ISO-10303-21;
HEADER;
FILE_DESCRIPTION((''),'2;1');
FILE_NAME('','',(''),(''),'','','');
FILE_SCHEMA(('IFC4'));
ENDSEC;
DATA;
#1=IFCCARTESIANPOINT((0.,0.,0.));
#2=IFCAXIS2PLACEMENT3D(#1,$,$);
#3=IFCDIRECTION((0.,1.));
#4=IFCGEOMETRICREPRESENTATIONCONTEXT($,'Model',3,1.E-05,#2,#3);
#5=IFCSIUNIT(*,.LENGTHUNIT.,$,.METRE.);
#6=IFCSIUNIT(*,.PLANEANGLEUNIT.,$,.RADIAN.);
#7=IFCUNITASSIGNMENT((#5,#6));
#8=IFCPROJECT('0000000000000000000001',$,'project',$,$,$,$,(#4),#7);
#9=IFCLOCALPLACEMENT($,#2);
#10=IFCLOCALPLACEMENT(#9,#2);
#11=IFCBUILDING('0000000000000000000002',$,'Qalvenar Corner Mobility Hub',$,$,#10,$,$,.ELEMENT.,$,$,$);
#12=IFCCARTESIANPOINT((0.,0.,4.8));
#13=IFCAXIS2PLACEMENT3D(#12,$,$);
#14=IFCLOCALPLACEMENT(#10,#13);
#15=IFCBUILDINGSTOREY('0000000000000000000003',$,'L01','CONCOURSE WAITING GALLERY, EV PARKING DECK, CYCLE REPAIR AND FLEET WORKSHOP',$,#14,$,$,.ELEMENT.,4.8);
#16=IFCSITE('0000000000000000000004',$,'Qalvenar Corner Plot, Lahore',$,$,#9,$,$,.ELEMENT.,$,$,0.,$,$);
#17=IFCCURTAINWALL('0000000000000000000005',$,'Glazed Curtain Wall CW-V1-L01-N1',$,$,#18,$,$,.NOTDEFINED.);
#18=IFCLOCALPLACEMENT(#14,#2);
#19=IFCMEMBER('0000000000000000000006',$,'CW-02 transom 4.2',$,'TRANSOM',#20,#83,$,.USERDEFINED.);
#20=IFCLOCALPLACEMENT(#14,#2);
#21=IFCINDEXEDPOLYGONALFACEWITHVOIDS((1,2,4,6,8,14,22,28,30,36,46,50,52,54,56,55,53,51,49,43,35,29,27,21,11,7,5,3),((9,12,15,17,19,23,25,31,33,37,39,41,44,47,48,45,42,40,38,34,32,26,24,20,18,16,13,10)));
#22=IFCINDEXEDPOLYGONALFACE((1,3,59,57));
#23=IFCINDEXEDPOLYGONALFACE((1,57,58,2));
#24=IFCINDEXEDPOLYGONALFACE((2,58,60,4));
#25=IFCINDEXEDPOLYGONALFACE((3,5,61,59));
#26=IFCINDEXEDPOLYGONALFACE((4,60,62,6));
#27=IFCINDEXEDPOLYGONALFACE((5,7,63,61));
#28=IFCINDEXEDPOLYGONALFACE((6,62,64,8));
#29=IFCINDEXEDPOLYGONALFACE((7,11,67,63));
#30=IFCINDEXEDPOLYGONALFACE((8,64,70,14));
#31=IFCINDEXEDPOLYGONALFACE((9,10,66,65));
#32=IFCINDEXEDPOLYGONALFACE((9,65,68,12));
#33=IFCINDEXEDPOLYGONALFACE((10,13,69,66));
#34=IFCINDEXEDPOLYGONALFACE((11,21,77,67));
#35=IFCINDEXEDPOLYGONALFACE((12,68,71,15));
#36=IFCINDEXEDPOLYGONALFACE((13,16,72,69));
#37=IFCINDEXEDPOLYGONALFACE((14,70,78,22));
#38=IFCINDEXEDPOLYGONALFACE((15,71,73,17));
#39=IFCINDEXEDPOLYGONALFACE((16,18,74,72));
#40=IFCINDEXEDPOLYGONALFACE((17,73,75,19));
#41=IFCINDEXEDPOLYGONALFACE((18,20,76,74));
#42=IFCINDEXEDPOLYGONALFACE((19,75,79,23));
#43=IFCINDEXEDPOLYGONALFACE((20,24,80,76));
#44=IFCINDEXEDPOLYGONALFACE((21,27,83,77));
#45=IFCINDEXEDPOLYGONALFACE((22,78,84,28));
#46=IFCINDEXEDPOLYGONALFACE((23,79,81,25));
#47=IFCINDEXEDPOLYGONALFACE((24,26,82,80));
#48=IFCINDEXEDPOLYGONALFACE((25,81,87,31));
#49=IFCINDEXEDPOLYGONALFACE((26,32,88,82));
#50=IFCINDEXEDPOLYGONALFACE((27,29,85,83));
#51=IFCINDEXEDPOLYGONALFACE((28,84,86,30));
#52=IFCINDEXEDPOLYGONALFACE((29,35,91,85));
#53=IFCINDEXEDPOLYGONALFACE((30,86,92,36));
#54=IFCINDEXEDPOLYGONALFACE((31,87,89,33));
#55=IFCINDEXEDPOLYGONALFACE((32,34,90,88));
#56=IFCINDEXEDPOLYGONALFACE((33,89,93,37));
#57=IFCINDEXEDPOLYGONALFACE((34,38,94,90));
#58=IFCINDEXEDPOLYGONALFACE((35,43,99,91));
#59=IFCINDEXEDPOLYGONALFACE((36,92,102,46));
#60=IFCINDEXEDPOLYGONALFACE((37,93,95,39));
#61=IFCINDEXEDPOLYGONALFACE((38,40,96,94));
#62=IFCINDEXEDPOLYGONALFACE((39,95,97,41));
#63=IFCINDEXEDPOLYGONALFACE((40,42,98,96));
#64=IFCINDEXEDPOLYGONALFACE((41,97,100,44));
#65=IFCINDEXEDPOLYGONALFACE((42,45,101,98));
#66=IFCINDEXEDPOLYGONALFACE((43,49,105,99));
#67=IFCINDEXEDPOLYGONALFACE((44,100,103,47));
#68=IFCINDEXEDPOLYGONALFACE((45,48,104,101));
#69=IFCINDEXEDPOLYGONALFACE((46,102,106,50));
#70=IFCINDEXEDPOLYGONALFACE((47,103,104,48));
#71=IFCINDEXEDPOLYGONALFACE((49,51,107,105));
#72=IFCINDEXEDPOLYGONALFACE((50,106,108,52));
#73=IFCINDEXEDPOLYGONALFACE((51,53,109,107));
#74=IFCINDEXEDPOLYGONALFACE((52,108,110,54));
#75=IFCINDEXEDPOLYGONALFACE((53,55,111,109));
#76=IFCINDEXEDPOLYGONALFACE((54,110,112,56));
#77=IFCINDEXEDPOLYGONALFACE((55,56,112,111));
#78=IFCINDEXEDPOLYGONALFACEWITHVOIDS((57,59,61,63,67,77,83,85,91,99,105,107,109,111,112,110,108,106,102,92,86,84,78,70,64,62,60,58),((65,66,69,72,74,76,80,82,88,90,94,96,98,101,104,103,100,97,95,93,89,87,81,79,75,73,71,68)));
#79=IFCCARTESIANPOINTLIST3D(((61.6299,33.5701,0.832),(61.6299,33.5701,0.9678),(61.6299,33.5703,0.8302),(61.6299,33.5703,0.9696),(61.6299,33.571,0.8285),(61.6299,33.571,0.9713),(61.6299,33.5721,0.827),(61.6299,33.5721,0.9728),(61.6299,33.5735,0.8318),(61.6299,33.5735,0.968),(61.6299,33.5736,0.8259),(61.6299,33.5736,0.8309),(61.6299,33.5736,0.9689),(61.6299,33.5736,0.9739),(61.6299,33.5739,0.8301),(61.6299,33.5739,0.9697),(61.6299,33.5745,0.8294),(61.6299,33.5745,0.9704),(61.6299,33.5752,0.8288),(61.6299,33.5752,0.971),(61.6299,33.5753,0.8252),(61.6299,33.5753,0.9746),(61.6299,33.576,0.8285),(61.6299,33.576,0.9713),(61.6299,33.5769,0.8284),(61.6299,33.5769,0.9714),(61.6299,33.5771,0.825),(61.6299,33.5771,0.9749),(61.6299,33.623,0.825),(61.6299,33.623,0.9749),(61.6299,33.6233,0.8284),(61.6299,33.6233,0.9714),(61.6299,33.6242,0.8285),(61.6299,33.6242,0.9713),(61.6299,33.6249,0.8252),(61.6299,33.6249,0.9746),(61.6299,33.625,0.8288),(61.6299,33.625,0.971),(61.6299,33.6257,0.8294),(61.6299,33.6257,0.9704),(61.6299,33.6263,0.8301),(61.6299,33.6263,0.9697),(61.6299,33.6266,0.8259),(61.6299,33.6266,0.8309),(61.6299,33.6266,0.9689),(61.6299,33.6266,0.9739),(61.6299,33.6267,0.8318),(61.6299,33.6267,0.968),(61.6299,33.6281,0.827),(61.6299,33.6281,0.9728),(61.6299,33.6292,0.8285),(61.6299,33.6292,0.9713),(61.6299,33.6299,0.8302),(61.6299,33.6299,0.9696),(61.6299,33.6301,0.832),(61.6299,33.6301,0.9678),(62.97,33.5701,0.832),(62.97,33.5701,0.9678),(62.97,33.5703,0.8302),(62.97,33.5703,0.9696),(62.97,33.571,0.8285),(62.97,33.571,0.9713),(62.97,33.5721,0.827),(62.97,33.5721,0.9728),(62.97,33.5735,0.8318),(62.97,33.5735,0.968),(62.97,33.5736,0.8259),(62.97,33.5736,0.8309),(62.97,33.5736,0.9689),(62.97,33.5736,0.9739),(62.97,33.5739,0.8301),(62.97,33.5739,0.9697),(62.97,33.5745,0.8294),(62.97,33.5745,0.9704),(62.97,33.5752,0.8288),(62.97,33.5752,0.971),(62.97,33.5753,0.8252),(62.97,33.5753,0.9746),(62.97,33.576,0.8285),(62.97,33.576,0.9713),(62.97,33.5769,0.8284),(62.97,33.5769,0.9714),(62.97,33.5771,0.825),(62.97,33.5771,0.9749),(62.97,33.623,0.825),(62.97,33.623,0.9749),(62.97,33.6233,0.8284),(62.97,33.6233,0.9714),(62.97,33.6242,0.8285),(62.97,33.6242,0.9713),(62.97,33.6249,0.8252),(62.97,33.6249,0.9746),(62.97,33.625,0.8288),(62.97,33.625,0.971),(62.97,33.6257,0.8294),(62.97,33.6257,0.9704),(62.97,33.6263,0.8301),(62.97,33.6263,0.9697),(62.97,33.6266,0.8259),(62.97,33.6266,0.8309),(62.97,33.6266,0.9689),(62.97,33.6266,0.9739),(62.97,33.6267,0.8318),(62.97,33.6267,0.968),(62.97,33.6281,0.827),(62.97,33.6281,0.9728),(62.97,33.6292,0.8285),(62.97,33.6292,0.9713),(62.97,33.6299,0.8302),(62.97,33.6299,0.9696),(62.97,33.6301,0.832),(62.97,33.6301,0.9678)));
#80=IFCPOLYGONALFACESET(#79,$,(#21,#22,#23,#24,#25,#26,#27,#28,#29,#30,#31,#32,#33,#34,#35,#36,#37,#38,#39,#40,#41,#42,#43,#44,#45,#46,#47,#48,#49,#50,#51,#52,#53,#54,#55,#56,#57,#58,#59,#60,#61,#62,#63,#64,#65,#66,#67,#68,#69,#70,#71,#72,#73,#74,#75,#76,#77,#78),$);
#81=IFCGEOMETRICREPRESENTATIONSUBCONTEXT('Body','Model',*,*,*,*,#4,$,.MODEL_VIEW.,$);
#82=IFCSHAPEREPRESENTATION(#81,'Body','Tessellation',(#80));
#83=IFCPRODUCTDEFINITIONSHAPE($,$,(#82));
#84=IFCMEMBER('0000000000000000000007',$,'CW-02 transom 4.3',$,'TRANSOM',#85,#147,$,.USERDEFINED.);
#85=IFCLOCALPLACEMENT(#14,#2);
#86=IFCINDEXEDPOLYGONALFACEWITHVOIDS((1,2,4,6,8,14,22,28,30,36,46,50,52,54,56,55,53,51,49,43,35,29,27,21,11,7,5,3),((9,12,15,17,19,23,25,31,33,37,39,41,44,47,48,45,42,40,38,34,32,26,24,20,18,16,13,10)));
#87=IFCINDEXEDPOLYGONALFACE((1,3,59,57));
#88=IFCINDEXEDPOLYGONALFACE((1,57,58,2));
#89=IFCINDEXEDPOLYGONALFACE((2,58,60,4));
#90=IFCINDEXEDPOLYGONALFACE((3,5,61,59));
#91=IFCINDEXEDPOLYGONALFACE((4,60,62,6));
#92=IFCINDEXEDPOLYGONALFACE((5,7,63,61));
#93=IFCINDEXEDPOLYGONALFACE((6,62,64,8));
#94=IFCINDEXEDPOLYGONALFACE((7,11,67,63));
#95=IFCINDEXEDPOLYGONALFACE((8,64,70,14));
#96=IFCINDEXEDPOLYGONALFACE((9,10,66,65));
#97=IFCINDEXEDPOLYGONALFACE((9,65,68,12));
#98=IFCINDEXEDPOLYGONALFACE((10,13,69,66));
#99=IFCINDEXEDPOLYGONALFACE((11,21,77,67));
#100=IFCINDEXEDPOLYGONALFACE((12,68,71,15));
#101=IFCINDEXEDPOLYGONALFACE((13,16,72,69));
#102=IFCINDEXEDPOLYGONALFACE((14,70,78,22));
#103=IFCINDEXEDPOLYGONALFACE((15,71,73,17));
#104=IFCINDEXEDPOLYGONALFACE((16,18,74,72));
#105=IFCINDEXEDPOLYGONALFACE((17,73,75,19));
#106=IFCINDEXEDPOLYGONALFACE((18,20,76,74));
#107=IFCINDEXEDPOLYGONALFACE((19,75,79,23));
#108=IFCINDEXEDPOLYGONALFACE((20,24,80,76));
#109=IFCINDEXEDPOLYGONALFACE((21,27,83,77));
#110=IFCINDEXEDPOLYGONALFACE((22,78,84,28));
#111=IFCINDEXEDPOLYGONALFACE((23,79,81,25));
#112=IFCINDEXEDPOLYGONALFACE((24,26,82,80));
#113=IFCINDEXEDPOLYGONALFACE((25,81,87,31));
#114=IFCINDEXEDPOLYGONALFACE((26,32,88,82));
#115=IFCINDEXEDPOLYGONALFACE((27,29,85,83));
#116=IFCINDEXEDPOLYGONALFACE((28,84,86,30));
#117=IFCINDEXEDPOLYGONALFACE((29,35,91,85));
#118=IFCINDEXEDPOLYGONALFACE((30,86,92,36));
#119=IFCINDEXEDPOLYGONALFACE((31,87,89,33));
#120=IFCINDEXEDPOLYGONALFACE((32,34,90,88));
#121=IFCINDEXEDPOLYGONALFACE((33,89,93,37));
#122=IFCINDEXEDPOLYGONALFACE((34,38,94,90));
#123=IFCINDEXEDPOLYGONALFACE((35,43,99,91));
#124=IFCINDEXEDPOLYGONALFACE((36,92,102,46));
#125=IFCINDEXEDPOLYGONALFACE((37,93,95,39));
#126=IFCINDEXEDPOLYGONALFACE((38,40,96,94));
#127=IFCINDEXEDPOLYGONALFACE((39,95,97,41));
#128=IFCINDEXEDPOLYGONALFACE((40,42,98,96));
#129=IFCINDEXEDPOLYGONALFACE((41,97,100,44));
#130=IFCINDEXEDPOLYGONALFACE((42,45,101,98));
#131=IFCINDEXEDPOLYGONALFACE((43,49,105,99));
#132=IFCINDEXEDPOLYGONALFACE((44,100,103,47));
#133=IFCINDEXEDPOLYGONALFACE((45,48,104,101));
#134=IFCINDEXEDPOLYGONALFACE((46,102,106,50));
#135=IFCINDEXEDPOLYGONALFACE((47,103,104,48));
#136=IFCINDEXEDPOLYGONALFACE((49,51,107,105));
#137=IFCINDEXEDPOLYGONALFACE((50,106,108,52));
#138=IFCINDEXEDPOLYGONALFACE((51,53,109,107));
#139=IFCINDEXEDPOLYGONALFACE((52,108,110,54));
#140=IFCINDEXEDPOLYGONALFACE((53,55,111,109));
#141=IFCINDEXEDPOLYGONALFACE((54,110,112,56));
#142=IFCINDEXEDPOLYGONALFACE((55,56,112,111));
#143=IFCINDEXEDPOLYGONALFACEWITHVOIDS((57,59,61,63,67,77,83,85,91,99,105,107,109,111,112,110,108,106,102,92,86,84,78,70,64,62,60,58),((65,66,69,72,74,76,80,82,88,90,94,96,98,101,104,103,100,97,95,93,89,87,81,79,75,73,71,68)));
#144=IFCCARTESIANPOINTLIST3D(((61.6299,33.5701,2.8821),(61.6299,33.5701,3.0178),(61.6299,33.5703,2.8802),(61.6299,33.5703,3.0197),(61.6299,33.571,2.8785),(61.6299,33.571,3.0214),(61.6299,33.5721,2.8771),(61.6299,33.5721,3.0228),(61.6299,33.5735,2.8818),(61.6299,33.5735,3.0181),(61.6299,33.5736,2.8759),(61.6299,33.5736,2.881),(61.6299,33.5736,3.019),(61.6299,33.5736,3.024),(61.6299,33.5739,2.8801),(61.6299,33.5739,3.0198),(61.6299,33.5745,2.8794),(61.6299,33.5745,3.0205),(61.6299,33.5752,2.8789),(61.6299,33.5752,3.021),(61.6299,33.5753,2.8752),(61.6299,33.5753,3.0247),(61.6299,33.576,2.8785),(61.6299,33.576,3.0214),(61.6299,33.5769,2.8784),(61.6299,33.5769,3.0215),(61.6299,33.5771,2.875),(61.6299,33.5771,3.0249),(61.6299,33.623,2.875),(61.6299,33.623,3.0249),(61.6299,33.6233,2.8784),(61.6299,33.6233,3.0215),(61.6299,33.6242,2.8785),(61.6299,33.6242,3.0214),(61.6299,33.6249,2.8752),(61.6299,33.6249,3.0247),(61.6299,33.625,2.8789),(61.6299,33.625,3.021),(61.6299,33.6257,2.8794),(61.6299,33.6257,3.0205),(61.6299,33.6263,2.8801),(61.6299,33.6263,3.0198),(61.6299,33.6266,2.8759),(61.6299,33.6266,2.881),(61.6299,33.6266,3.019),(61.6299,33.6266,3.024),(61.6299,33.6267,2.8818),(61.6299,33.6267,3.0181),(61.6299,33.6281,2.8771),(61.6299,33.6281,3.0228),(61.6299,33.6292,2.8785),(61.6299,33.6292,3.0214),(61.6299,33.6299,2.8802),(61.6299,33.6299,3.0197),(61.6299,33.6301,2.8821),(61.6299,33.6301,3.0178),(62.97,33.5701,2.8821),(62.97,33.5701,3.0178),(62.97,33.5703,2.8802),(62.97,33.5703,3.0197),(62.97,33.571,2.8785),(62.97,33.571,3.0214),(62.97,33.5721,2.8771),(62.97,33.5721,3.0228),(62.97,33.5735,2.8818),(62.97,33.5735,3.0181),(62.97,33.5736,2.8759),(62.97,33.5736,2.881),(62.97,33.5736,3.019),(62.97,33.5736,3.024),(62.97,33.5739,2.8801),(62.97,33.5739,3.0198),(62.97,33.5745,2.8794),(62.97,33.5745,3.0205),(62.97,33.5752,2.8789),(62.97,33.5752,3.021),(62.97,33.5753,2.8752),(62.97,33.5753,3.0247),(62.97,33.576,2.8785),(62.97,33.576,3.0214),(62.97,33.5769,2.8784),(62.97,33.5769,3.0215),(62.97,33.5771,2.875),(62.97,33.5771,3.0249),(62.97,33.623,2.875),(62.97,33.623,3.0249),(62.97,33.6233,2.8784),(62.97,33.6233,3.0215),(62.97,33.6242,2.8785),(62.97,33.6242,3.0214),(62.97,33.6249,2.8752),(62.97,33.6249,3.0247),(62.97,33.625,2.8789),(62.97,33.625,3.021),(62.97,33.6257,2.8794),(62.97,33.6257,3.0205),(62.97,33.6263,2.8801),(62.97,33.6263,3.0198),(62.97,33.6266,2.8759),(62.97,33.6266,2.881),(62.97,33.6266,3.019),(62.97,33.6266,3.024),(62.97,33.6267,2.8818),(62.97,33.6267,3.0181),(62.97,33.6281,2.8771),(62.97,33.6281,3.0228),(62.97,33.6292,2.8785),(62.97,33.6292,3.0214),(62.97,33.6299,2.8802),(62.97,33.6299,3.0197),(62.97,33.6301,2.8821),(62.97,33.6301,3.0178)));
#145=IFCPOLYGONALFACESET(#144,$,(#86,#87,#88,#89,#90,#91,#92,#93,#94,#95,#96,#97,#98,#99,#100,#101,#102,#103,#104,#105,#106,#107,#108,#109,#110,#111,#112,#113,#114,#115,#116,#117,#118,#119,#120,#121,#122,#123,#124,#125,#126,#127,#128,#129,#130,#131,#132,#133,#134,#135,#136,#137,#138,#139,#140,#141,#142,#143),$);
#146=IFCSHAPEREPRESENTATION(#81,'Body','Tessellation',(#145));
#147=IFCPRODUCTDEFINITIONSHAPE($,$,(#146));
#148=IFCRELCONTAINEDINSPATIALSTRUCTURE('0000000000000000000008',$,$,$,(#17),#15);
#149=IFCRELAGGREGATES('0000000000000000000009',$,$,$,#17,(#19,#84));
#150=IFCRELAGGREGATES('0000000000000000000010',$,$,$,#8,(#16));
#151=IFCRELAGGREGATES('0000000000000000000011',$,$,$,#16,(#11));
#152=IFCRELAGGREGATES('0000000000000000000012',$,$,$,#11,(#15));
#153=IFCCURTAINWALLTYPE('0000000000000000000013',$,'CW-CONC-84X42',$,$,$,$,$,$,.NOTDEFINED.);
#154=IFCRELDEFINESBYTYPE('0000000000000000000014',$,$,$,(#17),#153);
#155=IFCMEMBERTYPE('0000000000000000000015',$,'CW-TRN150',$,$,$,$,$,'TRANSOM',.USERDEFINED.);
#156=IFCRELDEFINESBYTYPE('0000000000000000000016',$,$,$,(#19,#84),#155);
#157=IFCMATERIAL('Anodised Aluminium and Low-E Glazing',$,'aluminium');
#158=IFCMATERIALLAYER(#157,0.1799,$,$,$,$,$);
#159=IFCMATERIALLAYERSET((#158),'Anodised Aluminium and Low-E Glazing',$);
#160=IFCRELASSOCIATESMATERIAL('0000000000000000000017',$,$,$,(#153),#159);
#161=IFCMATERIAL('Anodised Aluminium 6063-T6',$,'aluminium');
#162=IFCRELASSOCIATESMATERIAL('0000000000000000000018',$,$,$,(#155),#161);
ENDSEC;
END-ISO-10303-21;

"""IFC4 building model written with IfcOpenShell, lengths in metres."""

from ifc_helpers import new_model, si_unit, direction, frame, origin, origin_2d, place, context, subcontext, project, spatial, hollow_rectangle, extrude, material, layer, layer_set, material_profile, profile_set, type_object, element, aggregate, save


model = new_model("IFC4")

# Units and contexts
model_context = context("Model", 3, precision=1e-05, world=origin(), true_north=direction((0.0, 1.0)))
body_context = subcontext(model_context, "Body", "Model", "MODEL_VIEW")
ifc_project = project(units=[si_unit("LENGTHUNIT", "METRE"), si_unit("PLANEANGLEUNIT", "RADIAN")], contexts=[model_context])

# Site, building, storey
site_placement = place(None, origin())
site = spatial("IfcSite", under=ifc_project, at=site_placement, Name="Qalvenar Corner Plot, Lahore", CompositionType="ELEMENT", RefElevation=0.0)
building_placement = place(site_placement, origin())
building = spatial("IfcBuilding", under=site, at=building_placement, Name="Qalvenar Corner Mobility Hub", CompositionType="ELEMENT")
storey_placement = place(building_placement, frame((0.0, 0.0, 4.8)))
storey = spatial("IfcBuildingStorey", under=building, at=storey_placement, Name="L01", Description="CONCOURSE WAITING GALLERY, EV PARKING DECK, CYCLE REPAIR AND FLEET WORKSHOP", CompositionType="ELEMENT", Elevation=4.8)

# Curtain wall, members
ifc_material_1 = material(Name="Anodised Aluminium and Low-E Glazing", Category="aluminium")
ifc_layer_1 = layer(ifc_material_1, 0.1799)
ifc_layer_set_1 = layer_set([ifc_layer_1], Name="Anodised Aluminium and Low-E Glazing")
curtain_wall_type = type_object("IfcCurtainWallType", Name="CW-CONC-84X42", PredefinedType="NOTDEFINED", material=ifc_layer_set_1)
curtain_wall_placement = place(storey_placement, origin())
curtain_wall = element("IfcCurtainWall", 1, at=curtain_wall_placement, inside=storey, type_object=curtain_wall_type, Name="Glazed Curtain Wall CW-V1-L01-N1", PredefinedType="NOTDEFINED")
ifc_material_2 = material(Name="Anodised Aluminium 6063-T6", Category="aluminium")
ifc_material_profile_1 = material_profile(ifc_material_2, hollow_rectangle(XDim=0.0601, YDim=0.1499, WallThickness=0.0034, InnerFilletRadius=0.0034, OuterFilletRadius=0.0071, at=origin_2d()), Name="RHS150x60x3.5")
ifc_profile_set_1 = profile_set([ifc_material_profile_1], Name="Anodised Aluminium 6063-T6")
member_type_1 = type_object("IfcMemberType", Name="CW-TRN150", ElementType="TRANSOM", PredefinedType="USERDEFINED", material=ifc_profile_set_1)
member_1_placement = place(storey_placement, frame((62.97, 33.6001, 0.8999), z_axis=(-1.0, 0.0, 0.0), x_axis=(0.0, -1.0, 0.0)))
member_1 = element("IfcMember", 2, at=member_1_placement, type_object=member_type_1, Name="CW-02 transom 4.2", ObjectType="TRANSOM", PredefinedType="USERDEFINED", context=body_context, shape_type="SweptSolid", body=[
    extrude(hollow_rectangle(XDim=0.0601, YDim=0.1499, WallThickness=0.0034, InnerFilletRadius=0.0034, OuterFilletRadius=0.0071, at=origin_2d()), origin(), (0.0, 0.0, 1.0), 1.3401),
])
member_2_placement = place(storey_placement, frame((62.97, 33.6001, 2.95), z_axis=(-1.0, 0.0, 0.0), x_axis=(0.0, -1.0, 0.0)))
member_2 = element("IfcMember", 3, at=member_2_placement, type_object=member_type_1, Name="CW-02 transom 4.3", ObjectType="TRANSOM", PredefinedType="USERDEFINED", context=body_context, shape_type="SweptSolid", body=[
    extrude(hollow_rectangle(XDim=0.0601, YDim=0.1499, WallThickness=0.0034, InnerFilletRadius=0.0034, OuterFilletRadius=0.0071, at=origin_2d()), origin(), (0.0, 0.0, 1.0), 1.3401),
])
aggregate(curtain_wall, [member_1, member_2])

save(model, "model.ifc")
